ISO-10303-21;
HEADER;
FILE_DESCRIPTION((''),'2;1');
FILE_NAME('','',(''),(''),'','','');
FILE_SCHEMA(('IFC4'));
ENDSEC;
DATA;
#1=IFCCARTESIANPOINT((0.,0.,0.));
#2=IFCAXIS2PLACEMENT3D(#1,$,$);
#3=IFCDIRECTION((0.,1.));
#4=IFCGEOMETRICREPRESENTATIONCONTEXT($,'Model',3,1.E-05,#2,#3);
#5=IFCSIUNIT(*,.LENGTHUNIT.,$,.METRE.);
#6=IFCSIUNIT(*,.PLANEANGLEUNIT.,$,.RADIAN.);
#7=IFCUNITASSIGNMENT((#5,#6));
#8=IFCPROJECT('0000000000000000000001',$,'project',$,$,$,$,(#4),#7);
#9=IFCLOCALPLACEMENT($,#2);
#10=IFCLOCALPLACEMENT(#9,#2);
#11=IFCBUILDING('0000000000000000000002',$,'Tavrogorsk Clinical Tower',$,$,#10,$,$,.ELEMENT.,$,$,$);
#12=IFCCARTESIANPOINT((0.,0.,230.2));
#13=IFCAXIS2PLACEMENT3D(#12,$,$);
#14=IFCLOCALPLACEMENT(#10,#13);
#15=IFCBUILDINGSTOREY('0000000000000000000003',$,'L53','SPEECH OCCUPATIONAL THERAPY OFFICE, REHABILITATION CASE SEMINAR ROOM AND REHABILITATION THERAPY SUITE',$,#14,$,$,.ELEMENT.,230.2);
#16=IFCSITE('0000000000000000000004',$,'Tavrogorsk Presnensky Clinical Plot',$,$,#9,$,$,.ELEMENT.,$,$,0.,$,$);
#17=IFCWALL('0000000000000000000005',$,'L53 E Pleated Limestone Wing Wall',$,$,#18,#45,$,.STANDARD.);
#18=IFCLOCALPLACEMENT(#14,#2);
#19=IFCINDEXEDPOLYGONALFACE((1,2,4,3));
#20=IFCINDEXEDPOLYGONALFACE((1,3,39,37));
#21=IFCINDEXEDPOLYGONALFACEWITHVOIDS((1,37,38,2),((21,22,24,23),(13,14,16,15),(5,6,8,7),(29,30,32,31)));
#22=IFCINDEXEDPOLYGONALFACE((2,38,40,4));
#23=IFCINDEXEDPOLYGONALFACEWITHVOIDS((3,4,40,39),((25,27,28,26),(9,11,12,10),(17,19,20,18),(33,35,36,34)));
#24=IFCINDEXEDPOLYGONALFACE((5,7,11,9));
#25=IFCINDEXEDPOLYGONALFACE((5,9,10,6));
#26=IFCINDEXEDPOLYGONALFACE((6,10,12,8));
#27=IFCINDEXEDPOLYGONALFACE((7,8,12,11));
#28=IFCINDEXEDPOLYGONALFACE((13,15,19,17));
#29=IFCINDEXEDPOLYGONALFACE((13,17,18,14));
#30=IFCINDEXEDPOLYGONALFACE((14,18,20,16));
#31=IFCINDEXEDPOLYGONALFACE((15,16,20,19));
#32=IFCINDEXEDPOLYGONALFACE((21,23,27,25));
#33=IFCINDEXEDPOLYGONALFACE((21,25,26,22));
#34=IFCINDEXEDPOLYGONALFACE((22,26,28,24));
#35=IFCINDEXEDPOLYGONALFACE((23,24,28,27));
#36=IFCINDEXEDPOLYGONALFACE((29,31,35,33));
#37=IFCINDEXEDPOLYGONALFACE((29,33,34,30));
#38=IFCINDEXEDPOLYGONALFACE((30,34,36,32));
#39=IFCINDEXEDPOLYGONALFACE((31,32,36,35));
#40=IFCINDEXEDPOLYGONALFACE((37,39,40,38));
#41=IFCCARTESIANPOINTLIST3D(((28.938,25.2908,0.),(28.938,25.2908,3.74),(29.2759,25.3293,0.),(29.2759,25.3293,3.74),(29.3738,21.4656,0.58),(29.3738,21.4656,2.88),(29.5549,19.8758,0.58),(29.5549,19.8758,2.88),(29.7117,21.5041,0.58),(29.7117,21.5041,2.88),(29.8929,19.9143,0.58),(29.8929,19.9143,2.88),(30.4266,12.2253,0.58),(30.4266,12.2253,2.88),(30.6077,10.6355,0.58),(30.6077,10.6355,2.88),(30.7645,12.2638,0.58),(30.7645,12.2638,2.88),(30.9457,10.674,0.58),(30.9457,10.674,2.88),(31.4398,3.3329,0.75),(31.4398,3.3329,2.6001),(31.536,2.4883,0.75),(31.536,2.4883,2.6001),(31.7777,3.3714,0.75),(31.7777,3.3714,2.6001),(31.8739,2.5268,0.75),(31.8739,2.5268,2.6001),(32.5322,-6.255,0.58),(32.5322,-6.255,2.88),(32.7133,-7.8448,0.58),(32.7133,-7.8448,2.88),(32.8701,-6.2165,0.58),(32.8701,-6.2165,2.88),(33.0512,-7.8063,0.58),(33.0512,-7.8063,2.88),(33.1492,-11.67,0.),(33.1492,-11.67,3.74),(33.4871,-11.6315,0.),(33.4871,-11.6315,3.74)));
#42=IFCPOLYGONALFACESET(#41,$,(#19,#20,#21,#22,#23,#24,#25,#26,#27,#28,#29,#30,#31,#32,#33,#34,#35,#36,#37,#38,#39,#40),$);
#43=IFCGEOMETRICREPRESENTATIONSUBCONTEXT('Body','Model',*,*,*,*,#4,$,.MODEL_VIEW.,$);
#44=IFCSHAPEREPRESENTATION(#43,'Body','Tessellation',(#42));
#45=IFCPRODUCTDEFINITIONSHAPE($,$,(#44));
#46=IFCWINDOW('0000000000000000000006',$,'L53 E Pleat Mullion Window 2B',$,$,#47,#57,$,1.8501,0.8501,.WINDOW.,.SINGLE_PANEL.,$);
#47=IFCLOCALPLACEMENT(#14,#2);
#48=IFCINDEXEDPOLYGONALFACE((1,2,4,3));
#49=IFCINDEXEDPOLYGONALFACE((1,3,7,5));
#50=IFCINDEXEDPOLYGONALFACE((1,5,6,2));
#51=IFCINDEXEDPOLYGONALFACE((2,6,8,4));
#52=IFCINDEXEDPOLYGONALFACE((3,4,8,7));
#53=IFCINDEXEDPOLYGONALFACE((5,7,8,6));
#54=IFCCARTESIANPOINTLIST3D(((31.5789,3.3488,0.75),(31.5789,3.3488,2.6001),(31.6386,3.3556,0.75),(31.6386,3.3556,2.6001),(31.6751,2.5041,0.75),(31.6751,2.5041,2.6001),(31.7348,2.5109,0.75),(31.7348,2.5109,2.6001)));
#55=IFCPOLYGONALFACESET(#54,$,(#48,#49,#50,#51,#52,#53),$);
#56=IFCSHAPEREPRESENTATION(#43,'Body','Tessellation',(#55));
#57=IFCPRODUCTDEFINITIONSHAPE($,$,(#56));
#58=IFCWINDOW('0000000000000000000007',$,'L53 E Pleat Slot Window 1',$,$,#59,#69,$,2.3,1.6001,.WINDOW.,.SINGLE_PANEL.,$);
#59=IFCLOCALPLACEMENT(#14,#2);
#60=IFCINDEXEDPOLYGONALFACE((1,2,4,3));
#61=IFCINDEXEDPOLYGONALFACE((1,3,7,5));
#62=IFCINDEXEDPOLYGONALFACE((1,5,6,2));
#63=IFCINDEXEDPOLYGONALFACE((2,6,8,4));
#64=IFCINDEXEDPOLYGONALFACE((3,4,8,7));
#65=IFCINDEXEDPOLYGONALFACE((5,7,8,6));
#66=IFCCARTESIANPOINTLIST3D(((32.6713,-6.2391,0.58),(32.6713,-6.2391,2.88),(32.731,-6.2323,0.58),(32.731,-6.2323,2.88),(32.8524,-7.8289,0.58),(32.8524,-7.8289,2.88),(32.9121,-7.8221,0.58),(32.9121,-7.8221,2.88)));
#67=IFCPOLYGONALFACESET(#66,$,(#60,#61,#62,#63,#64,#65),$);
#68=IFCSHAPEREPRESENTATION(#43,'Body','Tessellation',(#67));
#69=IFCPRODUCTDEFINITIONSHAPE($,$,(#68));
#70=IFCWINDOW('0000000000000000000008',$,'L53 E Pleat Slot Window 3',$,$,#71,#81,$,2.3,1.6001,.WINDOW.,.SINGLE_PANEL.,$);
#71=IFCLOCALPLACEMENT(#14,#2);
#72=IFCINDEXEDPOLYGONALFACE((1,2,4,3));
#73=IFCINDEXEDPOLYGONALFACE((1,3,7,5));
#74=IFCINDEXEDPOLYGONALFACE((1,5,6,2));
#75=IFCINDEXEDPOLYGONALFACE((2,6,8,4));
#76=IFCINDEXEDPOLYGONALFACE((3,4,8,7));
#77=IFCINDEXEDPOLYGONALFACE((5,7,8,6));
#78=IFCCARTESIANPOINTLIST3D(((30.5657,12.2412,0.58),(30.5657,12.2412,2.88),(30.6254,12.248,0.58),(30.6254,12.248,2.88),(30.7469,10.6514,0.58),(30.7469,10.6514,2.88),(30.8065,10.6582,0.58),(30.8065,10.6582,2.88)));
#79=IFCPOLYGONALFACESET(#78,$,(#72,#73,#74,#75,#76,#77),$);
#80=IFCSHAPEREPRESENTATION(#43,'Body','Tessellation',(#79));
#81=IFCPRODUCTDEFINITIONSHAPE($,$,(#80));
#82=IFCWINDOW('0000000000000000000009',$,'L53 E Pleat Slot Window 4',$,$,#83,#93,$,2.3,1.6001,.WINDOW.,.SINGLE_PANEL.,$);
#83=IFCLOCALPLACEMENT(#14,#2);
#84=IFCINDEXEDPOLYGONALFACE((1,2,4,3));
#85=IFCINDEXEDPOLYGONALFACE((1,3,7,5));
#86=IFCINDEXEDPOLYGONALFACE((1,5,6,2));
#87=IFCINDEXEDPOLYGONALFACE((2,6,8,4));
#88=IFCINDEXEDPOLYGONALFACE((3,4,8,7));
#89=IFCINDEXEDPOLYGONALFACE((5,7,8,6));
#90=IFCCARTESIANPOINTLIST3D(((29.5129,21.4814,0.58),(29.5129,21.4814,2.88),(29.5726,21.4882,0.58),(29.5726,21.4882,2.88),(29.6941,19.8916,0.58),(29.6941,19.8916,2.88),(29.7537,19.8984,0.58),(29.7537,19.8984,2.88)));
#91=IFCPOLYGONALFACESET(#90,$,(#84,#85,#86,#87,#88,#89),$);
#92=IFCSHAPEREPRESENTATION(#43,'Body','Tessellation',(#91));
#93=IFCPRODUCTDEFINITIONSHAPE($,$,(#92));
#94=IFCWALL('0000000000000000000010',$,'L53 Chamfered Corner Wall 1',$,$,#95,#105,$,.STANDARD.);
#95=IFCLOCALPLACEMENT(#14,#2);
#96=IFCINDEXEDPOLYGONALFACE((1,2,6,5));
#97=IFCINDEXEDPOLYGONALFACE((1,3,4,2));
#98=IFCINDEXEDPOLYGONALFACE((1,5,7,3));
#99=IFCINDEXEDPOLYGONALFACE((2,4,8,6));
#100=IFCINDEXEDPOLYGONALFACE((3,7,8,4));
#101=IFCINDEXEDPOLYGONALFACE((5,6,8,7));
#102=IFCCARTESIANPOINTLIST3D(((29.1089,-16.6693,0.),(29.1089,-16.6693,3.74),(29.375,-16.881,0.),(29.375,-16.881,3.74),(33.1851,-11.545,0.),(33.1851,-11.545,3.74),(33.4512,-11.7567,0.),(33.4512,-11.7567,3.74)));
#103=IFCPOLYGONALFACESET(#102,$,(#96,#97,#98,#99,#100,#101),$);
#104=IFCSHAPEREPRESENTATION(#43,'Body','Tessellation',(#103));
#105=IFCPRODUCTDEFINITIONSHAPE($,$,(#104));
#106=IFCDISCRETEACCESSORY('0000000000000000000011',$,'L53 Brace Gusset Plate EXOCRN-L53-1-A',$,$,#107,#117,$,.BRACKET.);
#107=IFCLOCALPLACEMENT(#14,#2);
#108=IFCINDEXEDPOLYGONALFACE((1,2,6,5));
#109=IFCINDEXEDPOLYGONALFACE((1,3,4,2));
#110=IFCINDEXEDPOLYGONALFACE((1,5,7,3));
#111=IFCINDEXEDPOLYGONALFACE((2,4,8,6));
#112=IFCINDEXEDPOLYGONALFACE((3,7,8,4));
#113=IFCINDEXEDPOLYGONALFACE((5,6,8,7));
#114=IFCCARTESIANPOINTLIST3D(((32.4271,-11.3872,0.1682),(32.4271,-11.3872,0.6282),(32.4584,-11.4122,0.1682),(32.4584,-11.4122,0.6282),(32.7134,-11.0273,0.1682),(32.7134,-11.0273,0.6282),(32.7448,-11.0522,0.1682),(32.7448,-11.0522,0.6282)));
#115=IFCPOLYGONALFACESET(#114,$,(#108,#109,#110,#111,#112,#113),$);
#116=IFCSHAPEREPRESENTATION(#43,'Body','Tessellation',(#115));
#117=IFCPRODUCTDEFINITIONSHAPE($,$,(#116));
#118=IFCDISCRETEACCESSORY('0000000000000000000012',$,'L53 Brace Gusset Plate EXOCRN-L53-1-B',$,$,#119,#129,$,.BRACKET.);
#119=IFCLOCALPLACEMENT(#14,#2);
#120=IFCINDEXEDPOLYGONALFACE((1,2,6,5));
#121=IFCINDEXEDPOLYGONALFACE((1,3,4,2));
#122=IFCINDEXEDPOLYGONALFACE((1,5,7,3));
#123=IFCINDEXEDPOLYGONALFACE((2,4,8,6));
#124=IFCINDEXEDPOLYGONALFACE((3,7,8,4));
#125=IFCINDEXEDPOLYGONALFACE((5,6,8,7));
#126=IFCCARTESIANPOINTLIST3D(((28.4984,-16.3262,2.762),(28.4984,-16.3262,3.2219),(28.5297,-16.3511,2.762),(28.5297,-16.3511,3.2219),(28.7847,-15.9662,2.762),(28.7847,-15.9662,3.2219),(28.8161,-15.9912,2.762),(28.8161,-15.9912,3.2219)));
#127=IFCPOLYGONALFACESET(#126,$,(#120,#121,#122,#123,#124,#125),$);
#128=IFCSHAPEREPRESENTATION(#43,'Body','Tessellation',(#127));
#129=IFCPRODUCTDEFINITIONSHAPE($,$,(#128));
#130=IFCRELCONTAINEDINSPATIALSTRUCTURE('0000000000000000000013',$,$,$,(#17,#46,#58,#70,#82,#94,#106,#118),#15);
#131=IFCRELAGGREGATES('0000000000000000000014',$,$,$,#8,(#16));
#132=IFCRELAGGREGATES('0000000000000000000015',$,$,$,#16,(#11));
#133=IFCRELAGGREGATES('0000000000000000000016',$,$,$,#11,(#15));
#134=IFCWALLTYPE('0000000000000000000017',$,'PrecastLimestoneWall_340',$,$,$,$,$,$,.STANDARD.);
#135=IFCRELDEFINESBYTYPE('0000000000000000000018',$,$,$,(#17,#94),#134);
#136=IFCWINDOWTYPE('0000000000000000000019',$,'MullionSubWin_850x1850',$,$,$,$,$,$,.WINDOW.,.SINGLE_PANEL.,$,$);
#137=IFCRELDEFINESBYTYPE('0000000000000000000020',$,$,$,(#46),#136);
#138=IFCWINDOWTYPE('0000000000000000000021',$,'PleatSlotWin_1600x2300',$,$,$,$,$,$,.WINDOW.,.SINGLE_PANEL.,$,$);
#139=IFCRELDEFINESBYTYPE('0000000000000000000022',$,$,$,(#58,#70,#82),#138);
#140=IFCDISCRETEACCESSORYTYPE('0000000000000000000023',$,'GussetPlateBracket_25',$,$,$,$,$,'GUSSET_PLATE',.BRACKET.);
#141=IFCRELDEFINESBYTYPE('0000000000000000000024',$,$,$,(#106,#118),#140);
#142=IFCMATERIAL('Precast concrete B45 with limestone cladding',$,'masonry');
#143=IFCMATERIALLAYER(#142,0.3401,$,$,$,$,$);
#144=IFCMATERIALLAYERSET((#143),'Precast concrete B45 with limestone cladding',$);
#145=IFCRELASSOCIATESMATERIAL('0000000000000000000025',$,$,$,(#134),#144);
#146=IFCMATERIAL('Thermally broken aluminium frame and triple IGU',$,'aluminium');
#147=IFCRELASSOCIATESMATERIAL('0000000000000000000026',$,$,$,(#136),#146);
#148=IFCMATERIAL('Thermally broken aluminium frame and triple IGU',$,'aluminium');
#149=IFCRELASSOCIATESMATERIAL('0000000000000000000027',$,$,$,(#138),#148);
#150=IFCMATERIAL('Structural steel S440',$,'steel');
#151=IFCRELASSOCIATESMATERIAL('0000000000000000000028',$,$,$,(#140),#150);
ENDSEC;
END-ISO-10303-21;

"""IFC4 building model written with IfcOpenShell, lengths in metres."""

from ifc_helpers import new_model, si_unit, direction, frame, frame_2d, origin, origin_2d, place, context, subcontext, project, spatial, rectangle, extrude, material, layer, layer_set, type_object, element, fill, save


model = new_model("IFC4")

# Units and contexts
model_context = context("Model", 3, precision=1e-05, world=origin(), true_north=direction((0.0, 1.0)))
body_context = subcontext(model_context, "Body", "Model", "MODEL_VIEW")
ifc_project = project(units=[si_unit("LENGTHUNIT", "METRE"), si_unit("PLANEANGLEUNIT", "RADIAN")], contexts=[model_context])

# Site, building, storey
site_placement = place(None, origin())
site = spatial("IfcSite", under=ifc_project, at=site_placement, Name="Tavrogorsk Presnensky Clinical Plot", CompositionType="ELEMENT", RefElevation=0.0)
building_placement = place(site_placement, origin())
building = spatial("IfcBuilding", under=site, at=building_placement, Name="Tavrogorsk Clinical Tower", CompositionType="ELEMENT")
storey_placement = place(building_placement, frame((0.0, 0.0, 230.2)))
storey = spatial("IfcBuildingStorey", under=building, at=storey_placement, Name="L53", Description="SPEECH OCCUPATIONAL THERAPY OFFICE, REHABILITATION CASE SEMINAR ROOM AND REHABILITATION THERAPY SUITE", CompositionType="ELEMENT", Elevation=230.2)

# Wall, openings, windows
ifc_material_1 = material(Name="Precast concrete B45 with limestone cladding", Category="masonry")
ifc_layer_1 = layer(ifc_material_1, 0.3401)
ifc_layer_set_1 = layer_set([ifc_layer_1], Name="Precast concrete B45 with limestone cladding")
wall_type_1 = type_object("IfcWallType", Name="PrecastLimestoneWall_340", PredefinedType="STANDARD", material=ifc_layer_set_1)
wall_1_placement = place(storey_placement, frame((33.3181, -11.6509, 0.0), z_axis=(0.0, 0.0, 1.0), x_axis=(-0.113204, 0.993572, 0.0)))
wall_1 = element("IfcWall", 1, at=wall_1_placement, inside=storey, type_object=wall_type_1, Name="L53 E Pleated Limestone Wing Wall", PredefinedType="STANDARD", context=body_context, shape_type="SweptSolid", body=[
    extrude(rectangle(XDim=37.2, YDim=0.3401, at=frame_2d((18.6001, 0.0))), origin(), (0.0, 0.0, 1.0), 3.74),
])
opening_1_placement = place(wall_1_placement, frame((3.8501, 0.0, 0.5801)))
opening_1 = element("IfcOpeningElement", 2, at=opening_1_placement, cuts=wall_1, PredefinedType="OPENING", context=body_context, shape_type="SweptSolid", body=[
    extrude(rectangle(XDim=1.6001, YDim=2.3, at=frame_2d((0.8, 1.1499))), frame((0.0, 0.1799, 0.0), z_axis=(0.0, -1.0, 0.0), x_axis=(1.0, 0.0, 0.0)), (0.0, 0.0, 1.0), 0.3601),
])
opening_2_placement = place(wall_1_placement, frame((14.25, 0.0, 0.75)))
opening_2 = element("IfcOpeningElement", 3, at=opening_2_placement, cuts=wall_1, PredefinedType="OPENING", context=body_context, shape_type="SweptSolid", body=[
    extrude(rectangle(XDim=0.8501, YDim=1.8501, at=frame_2d((0.425, 0.925))), frame((0.0, 0.1799, 0.0), z_axis=(0.0, -1.0, 0.0), x_axis=(1.0, 0.0, 0.0)), (0.0, 0.0, 1.0), 0.3601),
])
opening_3_placement = place(wall_1_placement, frame((22.45, 0.0, 0.5801)))
opening_3 = element("IfcOpeningElement", 4, at=opening_3_placement, cuts=wall_1, PredefinedType="OPENING", context=body_context, shape_type="SweptSolid", body=[
    extrude(rectangle(XDim=1.6001, YDim=2.3, at=frame_2d((0.8, 1.1499))), frame((0.0, 0.1799, 0.0), z_axis=(0.0, -1.0, 0.0), x_axis=(1.0, 0.0, 0.0)), (0.0, 0.0, 1.0), 0.3601),
])
opening_4_placement = place(wall_1_placement, frame((31.75, 0.0, 0.5801)))
opening_4 = element("IfcOpeningElement", 5, at=opening_4_placement, cuts=wall_1, PredefinedType="OPENING", context=body_context, shape_type="SweptSolid", body=[
    extrude(rectangle(XDim=1.6001, YDim=2.3, at=frame_2d((0.8, 1.1499))), frame((0.0, 0.1799, 0.0), z_axis=(0.0, -1.0, 0.0), x_axis=(1.0, 0.0, 0.0)), (0.0, 0.0, 1.0), 0.3601),
])
ifc_material_2 = material(Name="Thermally broken aluminium frame and triple IGU", Category="aluminium")
window_type_1 = type_object("IfcWindowType", Name="MullionSubWin_850x1850", PartitioningType="SINGLE_PANEL", PredefinedType="WINDOW", material=ifc_material_2)
window_1_placement = place(opening_2_placement, origin())
window_1 = element("IfcWindow", 6, at=window_1_placement, inside=storey, type_object=window_type_1, Name="L53 E Pleat Mullion Window 2B", OverallHeight=1.8501, OverallWidth=0.8501, PartitioningType="SINGLE_PANEL", PredefinedType="WINDOW", context=body_context, shape_type="SweptSolid", body=[
    extrude(rectangle(XDim=0.8501, YDim=1.8501, at=frame_2d((0.425, 0.925))), frame((0.0, 0.03, 0.0), z_axis=(0.0, -1.0, 0.0), x_axis=(1.0, 0.0, 0.0)), (0.0, 0.0, 1.0), 0.0601),
])
fill(opening_2, window_1)
ifc_material_3 = material(Name="Thermally broken aluminium frame and triple IGU", Category="aluminium")
window_type_2 = type_object("IfcWindowType", Name="PleatSlotWin_1600x2300", PartitioningType="SINGLE_PANEL", PredefinedType="WINDOW", material=ifc_material_3)
window_2_placement = place(opening_1_placement, origin())
window_2 = element("IfcWindow", 7, at=window_2_placement, inside=storey, type_object=window_type_2, Name="L53 E Pleat Slot Window 1", OverallHeight=2.3, OverallWidth=1.6001, PartitioningType="SINGLE_PANEL", PredefinedType="WINDOW", context=body_context, shape_type="SweptSolid", body=[
    extrude(rectangle(XDim=1.6001, YDim=2.3, at=frame_2d((0.8, 1.1499))), frame((0.0, 0.03, 0.0), z_axis=(0.0, -1.0, 0.0), x_axis=(1.0, 0.0, 0.0)), (0.0, 0.0, 1.0), 0.0601),
])
fill(opening_1, window_2)
window_3_placement = place(opening_3_placement, origin())
window_3 = element("IfcWindow", 8, at=window_3_placement, inside=storey, type_object=window_type_2, Name="L53 E Pleat Slot Window 3", OverallHeight=2.3, OverallWidth=1.6001, PartitioningType="SINGLE_PANEL", PredefinedType="WINDOW", context=body_context, shape_type="SweptSolid", body=[
    extrude(rectangle(XDim=1.6001, YDim=2.3, at=frame_2d((0.8, 1.1499))), frame((0.0, 0.03, 0.0), z_axis=(0.0, -1.0, 0.0), x_axis=(1.0, 0.0, 0.0)), (0.0, 0.0, 1.0), 0.0601),
])
fill(opening_3, window_3)
window_4_placement = place(opening_4_placement, origin())
window_4 = element("IfcWindow", 9, at=window_4_placement, inside=storey, type_object=window_type_2, Name="L53 E Pleat Slot Window 4", OverallHeight=2.3, OverallWidth=1.6001, PartitioningType="SINGLE_PANEL", PredefinedType="WINDOW", context=body_context, shape_type="SweptSolid", body=[
    extrude(rectangle(XDim=1.6001, YDim=2.3, at=frame_2d((0.8, 1.1499))), frame((0.0, 0.03, 0.0), z_axis=(0.0, -1.0, 0.0), x_axis=(1.0, 0.0, 0.0)), (0.0, 0.0, 1.0), 0.0601),
])
fill(opening_4, window_4)

# Wall
wall_2_placement = place(storey_placement, frame((29.2419, -16.7751, 0.0), z_axis=(0.0, 0.0, 1.0), x_axis=(0.622528, 0.782597, 0.0)))
element("IfcWall", 10, at=wall_2_placement, inside=storey, type_object=wall_type_1, Name="L53 Chamfered Corner Wall 1", PredefinedType="STANDARD", context=body_context, shape_type="SweptSolid", body=[
    extrude(rectangle(XDim=6.5479, YDim=0.3401, at=frame_2d((3.2739, 0.0))), origin(), (0.0, 0.0, 1.0), 3.74),
])

# Discrete accessories
ifc_material_4 = material(Name="Structural steel S440", Category="steel")
discrete_accessory_type = type_object("IfcDiscreteAccessoryType", Name="GussetPlateBracket_25", ElementType="GUSSET_PLATE", PredefinedType="BRACKET", material=ifc_material_4)
for number, where, z_axis, x_axis, name in (
    (11, (32.5859, -11.2197, 0.1682), (0.0, 0.0, 1.0), (-0.622515, -0.782608, 0.0), "L53 Brace Gusset Plate EXOCRN-L53-1-A"),
    (12, (28.6572, -16.1587, 2.762), (0.0, 0.0, 1.0), (-0.622515, -0.782608, 0.0), "L53 Brace Gusset Plate EXOCRN-L53-1-B"),
):
    element("IfcDiscreteAccessory", number, at=place(storey_placement, frame(where, z_axis=z_axis, x_axis=x_axis)), inside=storey, type_object=discrete_accessory_type, Name=name, PredefinedType="BRACKET", context=body_context, shape_type="SweptSolid", body=[
        extrude(rectangle(XDim=0.46, YDim=0.04, at=origin_2d()), origin(), (0.0, 0.0, 1.0), 0.46),
    ])

save(model, "model.ifc")
